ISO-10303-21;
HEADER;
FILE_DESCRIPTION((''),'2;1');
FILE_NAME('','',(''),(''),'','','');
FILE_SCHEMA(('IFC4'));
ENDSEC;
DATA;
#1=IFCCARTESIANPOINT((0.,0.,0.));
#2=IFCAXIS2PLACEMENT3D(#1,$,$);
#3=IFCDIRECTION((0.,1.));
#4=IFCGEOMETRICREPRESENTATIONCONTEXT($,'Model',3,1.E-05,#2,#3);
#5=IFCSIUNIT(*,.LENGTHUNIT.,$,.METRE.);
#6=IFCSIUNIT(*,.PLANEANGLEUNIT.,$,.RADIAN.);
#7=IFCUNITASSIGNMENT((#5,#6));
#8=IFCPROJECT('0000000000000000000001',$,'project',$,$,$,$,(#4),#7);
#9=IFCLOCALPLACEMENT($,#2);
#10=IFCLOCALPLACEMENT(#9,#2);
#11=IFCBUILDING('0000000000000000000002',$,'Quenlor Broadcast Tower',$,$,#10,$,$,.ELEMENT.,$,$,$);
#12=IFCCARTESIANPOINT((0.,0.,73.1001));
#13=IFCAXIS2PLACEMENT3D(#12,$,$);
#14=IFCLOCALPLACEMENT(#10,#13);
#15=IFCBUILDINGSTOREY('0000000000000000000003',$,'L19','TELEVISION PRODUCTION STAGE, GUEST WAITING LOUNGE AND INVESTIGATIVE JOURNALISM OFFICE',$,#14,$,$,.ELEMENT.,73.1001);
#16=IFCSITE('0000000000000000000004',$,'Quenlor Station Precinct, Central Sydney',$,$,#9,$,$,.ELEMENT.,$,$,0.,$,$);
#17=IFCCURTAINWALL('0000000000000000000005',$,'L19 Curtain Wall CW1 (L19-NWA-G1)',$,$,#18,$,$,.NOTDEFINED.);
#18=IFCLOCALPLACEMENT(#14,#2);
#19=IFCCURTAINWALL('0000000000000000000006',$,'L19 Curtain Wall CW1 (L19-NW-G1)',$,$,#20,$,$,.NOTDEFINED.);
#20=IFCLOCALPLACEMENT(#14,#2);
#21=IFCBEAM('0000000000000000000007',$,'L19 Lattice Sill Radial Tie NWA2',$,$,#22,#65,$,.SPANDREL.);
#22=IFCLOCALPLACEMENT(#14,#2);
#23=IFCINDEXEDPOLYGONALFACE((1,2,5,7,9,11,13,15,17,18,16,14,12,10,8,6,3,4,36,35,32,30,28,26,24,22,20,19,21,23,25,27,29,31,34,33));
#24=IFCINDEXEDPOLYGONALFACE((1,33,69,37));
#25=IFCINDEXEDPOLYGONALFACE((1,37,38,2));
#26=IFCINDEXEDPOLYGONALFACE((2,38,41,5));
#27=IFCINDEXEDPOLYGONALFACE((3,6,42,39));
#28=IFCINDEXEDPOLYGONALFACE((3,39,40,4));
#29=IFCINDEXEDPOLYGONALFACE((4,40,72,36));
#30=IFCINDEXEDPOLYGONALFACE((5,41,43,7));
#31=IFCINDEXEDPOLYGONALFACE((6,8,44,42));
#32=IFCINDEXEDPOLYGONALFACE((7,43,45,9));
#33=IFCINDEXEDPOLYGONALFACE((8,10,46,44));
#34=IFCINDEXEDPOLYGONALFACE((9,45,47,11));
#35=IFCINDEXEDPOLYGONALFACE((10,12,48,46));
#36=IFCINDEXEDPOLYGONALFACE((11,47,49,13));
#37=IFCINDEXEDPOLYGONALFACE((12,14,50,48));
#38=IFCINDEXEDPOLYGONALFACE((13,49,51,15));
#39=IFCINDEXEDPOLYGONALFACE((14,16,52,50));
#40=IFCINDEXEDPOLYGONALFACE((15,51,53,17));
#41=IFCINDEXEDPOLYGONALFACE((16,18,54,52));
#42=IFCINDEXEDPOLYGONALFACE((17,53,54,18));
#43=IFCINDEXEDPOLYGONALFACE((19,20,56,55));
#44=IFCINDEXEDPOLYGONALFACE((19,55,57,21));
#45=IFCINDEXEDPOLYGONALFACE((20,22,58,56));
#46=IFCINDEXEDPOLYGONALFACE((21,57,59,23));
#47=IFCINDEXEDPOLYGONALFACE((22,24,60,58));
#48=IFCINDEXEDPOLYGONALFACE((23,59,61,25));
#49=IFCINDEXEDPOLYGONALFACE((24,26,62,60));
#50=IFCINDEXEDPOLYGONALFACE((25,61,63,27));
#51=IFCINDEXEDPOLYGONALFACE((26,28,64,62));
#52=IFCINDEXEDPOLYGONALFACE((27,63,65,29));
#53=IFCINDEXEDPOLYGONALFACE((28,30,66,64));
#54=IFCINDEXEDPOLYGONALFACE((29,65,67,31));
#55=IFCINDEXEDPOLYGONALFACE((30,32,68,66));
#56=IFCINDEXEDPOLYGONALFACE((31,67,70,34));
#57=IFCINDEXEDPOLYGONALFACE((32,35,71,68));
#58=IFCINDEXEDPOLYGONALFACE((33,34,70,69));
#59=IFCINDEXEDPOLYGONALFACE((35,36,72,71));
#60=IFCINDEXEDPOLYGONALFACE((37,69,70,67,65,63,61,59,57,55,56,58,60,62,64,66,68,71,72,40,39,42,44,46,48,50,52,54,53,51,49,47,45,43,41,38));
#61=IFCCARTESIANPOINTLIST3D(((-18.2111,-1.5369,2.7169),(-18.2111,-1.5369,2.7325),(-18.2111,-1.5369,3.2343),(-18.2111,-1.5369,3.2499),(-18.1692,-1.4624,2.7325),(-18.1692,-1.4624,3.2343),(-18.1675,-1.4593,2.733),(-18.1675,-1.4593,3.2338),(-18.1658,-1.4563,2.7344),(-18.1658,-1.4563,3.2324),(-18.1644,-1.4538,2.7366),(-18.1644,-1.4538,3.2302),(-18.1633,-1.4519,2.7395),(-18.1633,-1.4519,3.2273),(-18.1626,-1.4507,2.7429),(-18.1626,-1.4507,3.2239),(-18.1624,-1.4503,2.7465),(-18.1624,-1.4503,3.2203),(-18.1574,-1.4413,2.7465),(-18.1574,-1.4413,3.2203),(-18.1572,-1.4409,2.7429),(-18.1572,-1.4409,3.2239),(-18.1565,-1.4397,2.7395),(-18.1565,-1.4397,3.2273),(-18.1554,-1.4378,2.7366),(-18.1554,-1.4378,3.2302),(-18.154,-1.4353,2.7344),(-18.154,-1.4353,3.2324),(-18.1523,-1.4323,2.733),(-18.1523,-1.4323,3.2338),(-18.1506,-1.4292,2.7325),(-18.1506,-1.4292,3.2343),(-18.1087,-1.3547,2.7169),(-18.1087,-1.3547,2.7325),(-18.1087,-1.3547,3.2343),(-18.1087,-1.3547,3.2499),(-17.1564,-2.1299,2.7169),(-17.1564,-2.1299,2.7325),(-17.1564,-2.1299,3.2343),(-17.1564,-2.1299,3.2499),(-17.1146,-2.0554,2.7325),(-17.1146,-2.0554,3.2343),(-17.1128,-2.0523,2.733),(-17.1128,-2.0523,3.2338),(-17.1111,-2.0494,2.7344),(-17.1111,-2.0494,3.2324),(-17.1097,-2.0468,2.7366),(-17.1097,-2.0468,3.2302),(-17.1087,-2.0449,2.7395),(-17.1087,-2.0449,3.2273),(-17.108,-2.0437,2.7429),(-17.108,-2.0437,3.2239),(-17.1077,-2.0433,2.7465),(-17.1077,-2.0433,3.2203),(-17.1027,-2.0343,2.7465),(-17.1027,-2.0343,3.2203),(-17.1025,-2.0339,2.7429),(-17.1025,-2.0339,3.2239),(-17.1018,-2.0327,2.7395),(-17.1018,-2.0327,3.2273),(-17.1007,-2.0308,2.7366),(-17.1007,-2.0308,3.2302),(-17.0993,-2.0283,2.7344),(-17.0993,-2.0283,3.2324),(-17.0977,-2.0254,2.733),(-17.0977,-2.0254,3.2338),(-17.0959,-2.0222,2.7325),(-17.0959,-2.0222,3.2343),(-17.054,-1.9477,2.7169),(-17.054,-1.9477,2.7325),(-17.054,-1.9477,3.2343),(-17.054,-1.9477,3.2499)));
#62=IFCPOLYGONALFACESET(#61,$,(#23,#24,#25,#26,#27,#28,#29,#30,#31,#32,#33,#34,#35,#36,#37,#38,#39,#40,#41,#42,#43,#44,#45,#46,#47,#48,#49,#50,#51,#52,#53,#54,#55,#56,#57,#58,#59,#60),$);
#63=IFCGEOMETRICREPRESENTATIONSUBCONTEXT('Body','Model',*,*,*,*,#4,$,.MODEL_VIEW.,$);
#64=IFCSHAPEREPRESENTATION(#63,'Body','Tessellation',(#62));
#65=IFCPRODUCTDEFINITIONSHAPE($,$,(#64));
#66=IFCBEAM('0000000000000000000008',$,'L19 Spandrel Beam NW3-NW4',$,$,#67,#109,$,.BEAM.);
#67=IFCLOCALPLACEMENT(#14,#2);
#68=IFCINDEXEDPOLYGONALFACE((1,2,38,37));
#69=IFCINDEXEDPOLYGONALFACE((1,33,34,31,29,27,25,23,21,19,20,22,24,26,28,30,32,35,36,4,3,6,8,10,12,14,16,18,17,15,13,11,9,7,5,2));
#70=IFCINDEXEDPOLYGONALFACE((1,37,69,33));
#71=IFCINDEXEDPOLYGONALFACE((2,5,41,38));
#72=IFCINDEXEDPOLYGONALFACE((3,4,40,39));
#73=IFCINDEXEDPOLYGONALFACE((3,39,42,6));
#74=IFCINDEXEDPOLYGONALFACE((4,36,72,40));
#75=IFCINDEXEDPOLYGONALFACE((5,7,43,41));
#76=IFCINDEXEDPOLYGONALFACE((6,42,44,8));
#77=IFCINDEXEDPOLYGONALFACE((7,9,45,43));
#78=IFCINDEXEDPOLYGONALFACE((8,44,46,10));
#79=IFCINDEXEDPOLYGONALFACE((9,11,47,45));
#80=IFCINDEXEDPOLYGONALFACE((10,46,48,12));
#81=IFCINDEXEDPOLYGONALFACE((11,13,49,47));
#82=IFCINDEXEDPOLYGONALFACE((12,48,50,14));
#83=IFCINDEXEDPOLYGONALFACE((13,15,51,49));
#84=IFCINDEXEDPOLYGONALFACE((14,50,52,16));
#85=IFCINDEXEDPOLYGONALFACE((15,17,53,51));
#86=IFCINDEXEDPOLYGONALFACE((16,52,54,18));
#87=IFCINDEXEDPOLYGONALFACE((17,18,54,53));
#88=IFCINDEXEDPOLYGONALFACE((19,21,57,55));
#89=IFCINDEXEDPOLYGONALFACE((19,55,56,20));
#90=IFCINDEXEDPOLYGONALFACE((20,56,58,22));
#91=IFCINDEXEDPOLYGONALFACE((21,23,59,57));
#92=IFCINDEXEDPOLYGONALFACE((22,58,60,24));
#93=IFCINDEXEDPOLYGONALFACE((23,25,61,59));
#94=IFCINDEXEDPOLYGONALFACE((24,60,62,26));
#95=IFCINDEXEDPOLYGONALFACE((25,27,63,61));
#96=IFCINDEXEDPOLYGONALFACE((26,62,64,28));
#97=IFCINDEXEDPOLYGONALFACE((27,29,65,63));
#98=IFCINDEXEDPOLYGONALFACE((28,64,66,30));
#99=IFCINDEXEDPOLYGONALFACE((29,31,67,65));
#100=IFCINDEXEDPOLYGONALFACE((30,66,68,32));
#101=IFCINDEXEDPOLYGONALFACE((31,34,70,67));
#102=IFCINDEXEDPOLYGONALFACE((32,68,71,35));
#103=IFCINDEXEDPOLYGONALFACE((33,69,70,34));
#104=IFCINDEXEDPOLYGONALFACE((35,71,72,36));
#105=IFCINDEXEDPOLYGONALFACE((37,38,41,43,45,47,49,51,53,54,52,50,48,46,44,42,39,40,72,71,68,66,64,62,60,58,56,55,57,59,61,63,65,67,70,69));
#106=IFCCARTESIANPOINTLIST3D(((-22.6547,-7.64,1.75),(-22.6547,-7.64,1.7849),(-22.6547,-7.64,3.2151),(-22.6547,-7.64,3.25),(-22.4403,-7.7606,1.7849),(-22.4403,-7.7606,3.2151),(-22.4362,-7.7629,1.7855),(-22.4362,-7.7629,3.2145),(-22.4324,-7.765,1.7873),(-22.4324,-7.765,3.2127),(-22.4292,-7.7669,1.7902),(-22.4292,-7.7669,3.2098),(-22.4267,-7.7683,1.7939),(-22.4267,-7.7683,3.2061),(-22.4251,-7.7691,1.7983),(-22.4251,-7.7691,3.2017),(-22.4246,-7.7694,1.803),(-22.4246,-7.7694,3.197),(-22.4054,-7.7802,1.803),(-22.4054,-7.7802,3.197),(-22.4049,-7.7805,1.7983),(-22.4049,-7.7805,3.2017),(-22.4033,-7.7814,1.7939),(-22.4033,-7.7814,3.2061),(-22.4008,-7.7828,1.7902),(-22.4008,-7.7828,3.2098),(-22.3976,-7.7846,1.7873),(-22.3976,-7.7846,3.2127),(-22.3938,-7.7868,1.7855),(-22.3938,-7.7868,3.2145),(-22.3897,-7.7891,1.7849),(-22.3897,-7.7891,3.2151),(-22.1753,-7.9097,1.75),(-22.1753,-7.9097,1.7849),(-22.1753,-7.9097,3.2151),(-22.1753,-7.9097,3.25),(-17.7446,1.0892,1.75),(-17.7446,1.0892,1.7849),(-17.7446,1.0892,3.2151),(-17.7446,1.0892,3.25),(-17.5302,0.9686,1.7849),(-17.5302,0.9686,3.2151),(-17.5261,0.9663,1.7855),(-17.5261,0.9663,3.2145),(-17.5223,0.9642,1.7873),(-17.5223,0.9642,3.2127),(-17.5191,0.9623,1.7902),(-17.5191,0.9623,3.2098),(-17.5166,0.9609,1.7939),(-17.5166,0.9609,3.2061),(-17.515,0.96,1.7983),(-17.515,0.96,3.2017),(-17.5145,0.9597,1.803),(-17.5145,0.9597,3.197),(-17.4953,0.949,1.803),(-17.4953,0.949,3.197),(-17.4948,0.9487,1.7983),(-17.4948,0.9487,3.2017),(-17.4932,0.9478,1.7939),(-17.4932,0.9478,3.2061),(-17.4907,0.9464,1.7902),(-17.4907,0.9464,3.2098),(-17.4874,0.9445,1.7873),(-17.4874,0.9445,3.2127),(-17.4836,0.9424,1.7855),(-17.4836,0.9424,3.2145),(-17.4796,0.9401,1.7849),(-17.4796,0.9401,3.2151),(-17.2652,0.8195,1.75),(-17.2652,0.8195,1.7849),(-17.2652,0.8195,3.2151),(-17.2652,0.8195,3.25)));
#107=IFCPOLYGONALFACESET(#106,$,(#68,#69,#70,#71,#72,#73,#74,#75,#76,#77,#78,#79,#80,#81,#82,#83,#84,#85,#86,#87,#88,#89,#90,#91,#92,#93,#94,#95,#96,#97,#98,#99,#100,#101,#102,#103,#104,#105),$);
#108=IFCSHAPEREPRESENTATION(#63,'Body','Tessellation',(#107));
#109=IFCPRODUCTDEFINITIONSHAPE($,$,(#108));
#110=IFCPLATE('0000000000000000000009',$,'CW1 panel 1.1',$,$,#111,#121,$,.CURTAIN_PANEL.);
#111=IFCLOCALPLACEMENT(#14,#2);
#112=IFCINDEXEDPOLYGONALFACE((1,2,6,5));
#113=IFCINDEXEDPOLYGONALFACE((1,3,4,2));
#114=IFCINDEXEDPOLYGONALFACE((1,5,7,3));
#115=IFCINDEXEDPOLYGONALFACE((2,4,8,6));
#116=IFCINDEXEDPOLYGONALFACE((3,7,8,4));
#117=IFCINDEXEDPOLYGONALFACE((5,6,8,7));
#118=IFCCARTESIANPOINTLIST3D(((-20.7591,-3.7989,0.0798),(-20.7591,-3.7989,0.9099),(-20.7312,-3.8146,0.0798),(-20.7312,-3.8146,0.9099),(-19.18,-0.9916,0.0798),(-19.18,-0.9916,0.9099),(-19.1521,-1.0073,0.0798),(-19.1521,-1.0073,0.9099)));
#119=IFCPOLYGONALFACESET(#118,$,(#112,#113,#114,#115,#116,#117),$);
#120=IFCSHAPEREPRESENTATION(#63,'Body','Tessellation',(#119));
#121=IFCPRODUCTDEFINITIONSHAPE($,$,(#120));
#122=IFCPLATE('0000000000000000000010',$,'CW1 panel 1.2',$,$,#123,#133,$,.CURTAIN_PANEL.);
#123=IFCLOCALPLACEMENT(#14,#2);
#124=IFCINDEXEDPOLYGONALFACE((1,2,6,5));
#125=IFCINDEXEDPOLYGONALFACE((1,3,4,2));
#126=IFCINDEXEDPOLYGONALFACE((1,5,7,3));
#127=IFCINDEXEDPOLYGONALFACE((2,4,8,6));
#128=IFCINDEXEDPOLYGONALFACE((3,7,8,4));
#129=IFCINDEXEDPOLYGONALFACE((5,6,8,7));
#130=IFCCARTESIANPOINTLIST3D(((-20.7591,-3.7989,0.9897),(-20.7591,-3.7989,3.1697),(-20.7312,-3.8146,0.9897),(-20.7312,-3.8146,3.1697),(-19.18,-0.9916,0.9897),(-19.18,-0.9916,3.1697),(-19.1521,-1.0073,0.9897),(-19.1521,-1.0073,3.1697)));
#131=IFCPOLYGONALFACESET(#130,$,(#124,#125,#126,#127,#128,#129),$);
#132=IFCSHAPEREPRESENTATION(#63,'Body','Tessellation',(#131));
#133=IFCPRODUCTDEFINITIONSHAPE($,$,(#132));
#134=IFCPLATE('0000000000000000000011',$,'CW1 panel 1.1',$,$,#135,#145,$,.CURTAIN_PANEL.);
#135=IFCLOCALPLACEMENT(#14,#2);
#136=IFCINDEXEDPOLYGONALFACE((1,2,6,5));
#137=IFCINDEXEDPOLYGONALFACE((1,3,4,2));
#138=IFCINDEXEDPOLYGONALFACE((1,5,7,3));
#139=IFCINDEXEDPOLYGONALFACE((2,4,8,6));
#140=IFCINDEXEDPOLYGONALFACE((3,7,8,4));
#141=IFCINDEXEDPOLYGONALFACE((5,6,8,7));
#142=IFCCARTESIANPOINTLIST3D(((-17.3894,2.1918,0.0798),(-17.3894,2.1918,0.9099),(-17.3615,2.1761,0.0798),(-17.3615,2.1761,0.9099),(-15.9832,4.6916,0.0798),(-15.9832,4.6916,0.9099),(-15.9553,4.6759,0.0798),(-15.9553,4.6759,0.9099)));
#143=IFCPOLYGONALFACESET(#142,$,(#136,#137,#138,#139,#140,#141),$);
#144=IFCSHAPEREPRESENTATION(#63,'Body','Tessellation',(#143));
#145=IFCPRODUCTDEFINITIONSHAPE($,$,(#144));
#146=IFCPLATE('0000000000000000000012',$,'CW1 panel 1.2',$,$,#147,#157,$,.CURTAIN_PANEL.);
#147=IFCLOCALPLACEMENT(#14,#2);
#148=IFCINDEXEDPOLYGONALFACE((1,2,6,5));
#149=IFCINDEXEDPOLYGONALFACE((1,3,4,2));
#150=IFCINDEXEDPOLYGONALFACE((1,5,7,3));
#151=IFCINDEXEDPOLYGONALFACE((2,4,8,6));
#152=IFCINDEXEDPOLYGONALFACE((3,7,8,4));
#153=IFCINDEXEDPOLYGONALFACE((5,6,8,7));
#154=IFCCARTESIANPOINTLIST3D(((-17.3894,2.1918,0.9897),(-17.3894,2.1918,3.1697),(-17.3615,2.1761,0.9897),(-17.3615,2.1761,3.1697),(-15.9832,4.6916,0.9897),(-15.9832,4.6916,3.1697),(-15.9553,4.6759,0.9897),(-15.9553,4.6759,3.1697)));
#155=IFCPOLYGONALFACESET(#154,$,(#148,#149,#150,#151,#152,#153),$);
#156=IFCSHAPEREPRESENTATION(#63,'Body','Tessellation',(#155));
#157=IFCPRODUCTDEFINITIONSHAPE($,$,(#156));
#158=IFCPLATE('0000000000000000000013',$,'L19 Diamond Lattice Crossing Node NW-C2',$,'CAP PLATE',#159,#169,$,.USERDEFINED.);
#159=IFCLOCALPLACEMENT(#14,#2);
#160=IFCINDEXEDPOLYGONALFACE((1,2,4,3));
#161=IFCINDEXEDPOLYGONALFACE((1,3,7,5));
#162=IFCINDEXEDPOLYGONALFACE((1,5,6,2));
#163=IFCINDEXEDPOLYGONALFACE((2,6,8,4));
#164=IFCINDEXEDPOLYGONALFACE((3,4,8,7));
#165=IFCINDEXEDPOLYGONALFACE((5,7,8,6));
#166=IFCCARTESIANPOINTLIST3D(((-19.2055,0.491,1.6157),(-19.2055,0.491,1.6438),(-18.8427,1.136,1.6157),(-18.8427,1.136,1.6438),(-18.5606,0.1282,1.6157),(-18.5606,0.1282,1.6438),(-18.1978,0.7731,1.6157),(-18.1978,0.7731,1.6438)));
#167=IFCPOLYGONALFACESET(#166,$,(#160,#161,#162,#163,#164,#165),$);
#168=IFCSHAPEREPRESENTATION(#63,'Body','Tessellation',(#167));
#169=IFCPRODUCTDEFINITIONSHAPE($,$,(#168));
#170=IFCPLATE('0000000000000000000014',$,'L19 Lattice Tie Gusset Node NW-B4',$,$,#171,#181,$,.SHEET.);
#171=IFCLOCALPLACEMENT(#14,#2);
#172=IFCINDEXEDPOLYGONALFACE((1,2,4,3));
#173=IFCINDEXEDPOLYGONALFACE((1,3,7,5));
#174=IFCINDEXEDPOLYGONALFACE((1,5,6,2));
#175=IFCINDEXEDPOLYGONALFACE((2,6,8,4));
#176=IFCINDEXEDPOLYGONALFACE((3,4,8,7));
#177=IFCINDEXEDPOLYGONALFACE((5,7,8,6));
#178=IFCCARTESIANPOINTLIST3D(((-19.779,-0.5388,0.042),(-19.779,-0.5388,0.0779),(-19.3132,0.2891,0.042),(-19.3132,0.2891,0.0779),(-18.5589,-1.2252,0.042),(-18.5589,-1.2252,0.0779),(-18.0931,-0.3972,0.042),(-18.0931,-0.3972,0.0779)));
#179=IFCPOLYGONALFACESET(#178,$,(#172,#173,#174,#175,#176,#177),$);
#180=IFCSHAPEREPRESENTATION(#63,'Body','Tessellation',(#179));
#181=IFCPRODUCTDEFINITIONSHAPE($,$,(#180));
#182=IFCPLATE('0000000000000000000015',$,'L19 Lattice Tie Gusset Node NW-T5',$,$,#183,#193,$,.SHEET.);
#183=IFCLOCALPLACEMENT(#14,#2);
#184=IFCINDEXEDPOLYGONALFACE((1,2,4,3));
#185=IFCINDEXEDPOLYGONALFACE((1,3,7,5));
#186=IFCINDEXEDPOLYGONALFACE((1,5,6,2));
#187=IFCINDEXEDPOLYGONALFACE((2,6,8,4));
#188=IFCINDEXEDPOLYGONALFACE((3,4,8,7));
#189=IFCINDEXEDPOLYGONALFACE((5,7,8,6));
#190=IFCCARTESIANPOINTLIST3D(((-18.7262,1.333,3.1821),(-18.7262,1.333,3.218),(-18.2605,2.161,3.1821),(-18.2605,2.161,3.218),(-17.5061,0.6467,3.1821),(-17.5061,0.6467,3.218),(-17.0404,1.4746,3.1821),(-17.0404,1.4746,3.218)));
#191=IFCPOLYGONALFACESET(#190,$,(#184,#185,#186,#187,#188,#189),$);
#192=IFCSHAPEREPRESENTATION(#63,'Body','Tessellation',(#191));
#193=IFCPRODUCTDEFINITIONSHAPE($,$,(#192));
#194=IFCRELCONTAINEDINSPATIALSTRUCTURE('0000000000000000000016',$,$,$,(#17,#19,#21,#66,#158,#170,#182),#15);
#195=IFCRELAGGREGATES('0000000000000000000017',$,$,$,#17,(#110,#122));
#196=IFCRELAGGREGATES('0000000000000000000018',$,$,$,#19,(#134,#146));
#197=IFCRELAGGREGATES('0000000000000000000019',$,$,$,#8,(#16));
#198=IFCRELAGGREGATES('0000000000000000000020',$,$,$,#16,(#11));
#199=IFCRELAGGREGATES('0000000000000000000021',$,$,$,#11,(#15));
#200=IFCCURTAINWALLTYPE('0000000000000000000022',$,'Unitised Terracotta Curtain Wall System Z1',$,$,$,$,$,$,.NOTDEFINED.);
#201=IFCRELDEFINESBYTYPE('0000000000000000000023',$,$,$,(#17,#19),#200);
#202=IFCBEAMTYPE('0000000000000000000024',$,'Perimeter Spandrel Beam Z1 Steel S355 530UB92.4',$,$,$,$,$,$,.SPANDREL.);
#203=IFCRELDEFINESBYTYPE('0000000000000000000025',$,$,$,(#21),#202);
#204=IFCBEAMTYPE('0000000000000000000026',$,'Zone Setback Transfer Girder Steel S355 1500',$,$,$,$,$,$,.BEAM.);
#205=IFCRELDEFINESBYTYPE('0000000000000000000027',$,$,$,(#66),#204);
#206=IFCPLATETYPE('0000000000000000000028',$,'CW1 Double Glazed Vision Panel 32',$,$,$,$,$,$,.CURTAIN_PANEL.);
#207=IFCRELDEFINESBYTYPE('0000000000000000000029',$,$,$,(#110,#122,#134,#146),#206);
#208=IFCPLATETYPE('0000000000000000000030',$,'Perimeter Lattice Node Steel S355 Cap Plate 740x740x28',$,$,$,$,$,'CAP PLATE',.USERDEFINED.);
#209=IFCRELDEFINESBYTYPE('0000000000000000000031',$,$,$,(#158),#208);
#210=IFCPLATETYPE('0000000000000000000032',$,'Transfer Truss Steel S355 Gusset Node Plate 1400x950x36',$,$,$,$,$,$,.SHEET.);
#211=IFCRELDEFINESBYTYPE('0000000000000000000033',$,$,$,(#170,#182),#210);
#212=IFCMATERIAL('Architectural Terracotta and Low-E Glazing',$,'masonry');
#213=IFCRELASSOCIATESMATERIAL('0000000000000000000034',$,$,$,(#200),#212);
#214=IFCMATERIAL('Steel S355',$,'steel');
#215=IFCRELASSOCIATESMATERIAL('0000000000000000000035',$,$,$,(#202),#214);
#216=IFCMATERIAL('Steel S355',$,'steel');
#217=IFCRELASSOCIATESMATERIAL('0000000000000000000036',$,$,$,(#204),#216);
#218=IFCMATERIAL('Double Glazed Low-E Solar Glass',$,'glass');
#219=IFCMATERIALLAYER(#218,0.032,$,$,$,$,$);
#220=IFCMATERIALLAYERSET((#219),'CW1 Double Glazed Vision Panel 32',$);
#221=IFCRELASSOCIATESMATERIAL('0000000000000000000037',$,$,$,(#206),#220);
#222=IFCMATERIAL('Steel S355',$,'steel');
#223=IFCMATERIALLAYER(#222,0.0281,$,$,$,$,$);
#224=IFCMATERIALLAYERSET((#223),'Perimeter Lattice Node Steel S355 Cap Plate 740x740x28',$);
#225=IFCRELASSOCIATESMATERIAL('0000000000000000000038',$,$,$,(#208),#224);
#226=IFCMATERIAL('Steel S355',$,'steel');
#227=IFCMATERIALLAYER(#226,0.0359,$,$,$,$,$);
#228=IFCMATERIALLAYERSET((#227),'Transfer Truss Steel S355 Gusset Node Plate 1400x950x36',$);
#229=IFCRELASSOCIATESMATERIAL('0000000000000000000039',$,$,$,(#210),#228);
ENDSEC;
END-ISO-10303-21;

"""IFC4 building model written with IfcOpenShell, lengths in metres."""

from ifc_helpers import new_model, si_unit, direction, frame, origin, origin_2d, place, context, subcontext, project, spatial, rectangle, i_section, extrude, material, layer, layer_set, material_profile, profile_set, type_object, element, aggregate, save


model = new_model("IFC4")

# Units and contexts
model_context = context("Model", 3, precision=1e-05, world=origin(), true_north=direction((0.0, 1.0)))
body_context = subcontext(model_context, "Body", "Model", "MODEL_VIEW")
ifc_project = project(units=[si_unit("LENGTHUNIT", "METRE"), si_unit("PLANEANGLEUNIT", "RADIAN")], contexts=[model_context])

# Site, building, storey
site_placement = place(None, origin())
site = spatial("IfcSite", under=ifc_project, at=site_placement, Name="Quenlor Station Precinct, Central Sydney", CompositionType="ELEMENT", RefElevation=0.0)
building_placement = place(site_placement, origin())
building = spatial("IfcBuilding", under=site, at=building_placement, Name="Quenlor Broadcast Tower", CompositionType="ELEMENT")
storey_placement = place(building_placement, frame((0.0, 0.0, 73.1001)))
storey = spatial("IfcBuildingStorey", under=building, at=storey_placement, Name="L19", Description="TELEVISION PRODUCTION STAGE, GUEST WAITING LOUNGE AND INVESTIGATIVE JOURNALISM OFFICE", CompositionType="ELEMENT", Elevation=73.1001)

# Curtain walls
ifc_material_1 = material(Name="Architectural Terracotta and Low-E Glazing", Category="masonry")
curtain_wall_type = type_object("IfcCurtainWallType", Name="Unitised Terracotta Curtain Wall System Z1", PredefinedType="NOTDEFINED", material=ifc_material_1)
curtain_wall_1_placement = place(storey_placement, origin())
curtain_wall_1 = element("IfcCurtainWall", 1, at=curtain_wall_1_placement, inside=storey, type_object=curtain_wall_type, Name="L19 Curtain Wall CW1 (L19-NWA-G1)", PredefinedType="NOTDEFINED")
curtain_wall_2_placement = place(storey_placement, origin())
curtain_wall_2 = element("IfcCurtainWall", 2, at=curtain_wall_2_placement, inside=storey, type_object=curtain_wall_type, Name="L19 Curtain Wall CW1 (L19-NW-G1)", PredefinedType="NOTDEFINED")

# Beams
ifc_material_2 = material(Name="Steel S355", Category="steel")
ifc_material_profile_1 = material_profile(ifc_material_2, i_section(OverallWidth=0.209, OverallDepth=0.533, WebThickness=0.0103, FlangeThickness=0.0156, FilletRadius=0.0139, at=origin_2d()))
ifc_profile_set_1 = profile_set([ifc_material_profile_1], Name="Steel S355 530UB92.4")
beam_type_1 = type_object("IfcBeamType", Name="Perimeter Spandrel Beam Z1 Steel S355 530UB92.4", PredefinedType="SPANDREL", material=ifc_profile_set_1)
beam_1_placement = place(storey_placement, frame((-17.1052, -2.0388, 2.9834), z_axis=(-0.871662, 0.490108, 0.0), x_axis=(-0.490108, -0.871662, 0.0)))
element("IfcBeam", 3, at=beam_1_placement, inside=storey, type_object=beam_type_1, Name="L19 Lattice Sill Radial Tie NWA2", PredefinedType="SPANDREL", context=body_context, shape_type="SweptSolid", body=[
    extrude(i_section(OverallWidth=0.209, OverallDepth=0.533, WebThickness=0.0103, FlangeThickness=0.0156, FilletRadius=0.0139, at=origin_2d()), origin(), (0.0, 0.0, 1.0), 1.21),
])
ifc_material_3 = material(Name="Steel S355", Category="steel")
ifc_material_profile_2 = material_profile(ifc_material_3, i_section(OverallWidth=0.55, OverallDepth=1.5, WebThickness=0.022, FlangeThickness=0.0349, FilletRadius=0.0181, at=origin_2d()))
ifc_profile_set_2 = profile_set([ifc_material_profile_2], Name="Steel S355 1500TG510")
beam_type_2 = type_object("IfcBeamType", Name="Zone Setback Transfer Girder Steel S355 1500", PredefinedType="BEAM", material=ifc_profile_set_2)
beam_2_placement = place(storey_placement, frame((-17.5049, 0.9543, 2.5), z_axis=(-0.490258, -0.871577, 0.0), x_axis=(0.871577, -0.490258, 0.0)))
element("IfcBeam", 4, at=beam_2_placement, inside=storey, type_object=beam_type_2, Name="L19 Spandrel Beam NW3-NW4", PredefinedType="BEAM", context=body_context, shape_type="SweptSolid", body=[
    extrude(i_section(OverallWidth=0.55, OverallDepth=1.5, WebThickness=0.022, FlangeThickness=0.0349, FilletRadius=0.0181, at=origin_2d()), origin(), (0.0, 0.0, 1.0), 10.0154),
])

# Plates
ifc_material_4 = material(Name="Double Glazed Low-E Solar Glass", Category="glass")
ifc_layer_1 = layer(ifc_material_4, 0.032)
ifc_layer_set_1 = layer_set([ifc_layer_1], Name="CW1 Double Glazed Vision Panel 32")
plate_type_1 = type_object("IfcPlateType", Name="CW1 Double Glazed Vision Panel 32", PredefinedType="CURTAIN_PANEL", material=ifc_layer_set_1)
plate_1_placement = place(storey_placement, frame((-19.9556, -2.4031, 0.0798), z_axis=(0.0, 0.0, 1.0), x_axis=(0.490257, 0.871578, 0.0)))
plate_1 = element("IfcPlate", 5, at=plate_1_placement, type_object=plate_type_1, Name="CW1 panel 1.1", PredefinedType="CURTAIN_PANEL", context=body_context, shape_type="SweptSolid", body=[
    extrude(rectangle(XDim=3.2209, YDim=0.032, at=origin_2d()), origin(), (0.0, 0.0, 1.0), 0.8301),
])
plate_2_placement = place(storey_placement, frame((-19.9556, -2.4031, 0.9897), z_axis=(0.0, 0.0, 1.0), x_axis=(0.490257, 0.871578, 0.0)))
plate_2 = element("IfcPlate", 6, at=plate_2_placement, type_object=plate_type_1, Name="CW1 panel 1.2", PredefinedType="CURTAIN_PANEL", context=body_context, shape_type="SweptSolid", body=[
    extrude(rectangle(XDim=3.2209, YDim=0.032, at=origin_2d()), origin(), (0.0, 0.0, 1.0), 2.1799),
])
aggregate(curtain_wall_1, [plate_1, plate_2])
plate_3_placement = place(storey_placement, frame((-16.6724, 3.4338, 0.0798), z_axis=(0.0, 0.0, 1.0), x_axis=(0.490274, 0.871568, 0.0)))
plate_3 = element("IfcPlate", 7, at=plate_3_placement, type_object=plate_type_1, Name="CW1 panel 1.1", PredefinedType="CURTAIN_PANEL", context=body_context, shape_type="SweptSolid", body=[
    extrude(rectangle(XDim=2.8682, YDim=0.032, at=origin_2d()), origin(), (0.0, 0.0, 1.0), 0.8301),
])
plate_4_placement = place(storey_placement, frame((-16.6724, 3.4338, 0.9897), z_axis=(0.0, 0.0, 1.0), x_axis=(0.490274, 0.871568, 0.0)))
plate_4 = element("IfcPlate", 8, at=plate_4_placement, type_object=plate_type_1, Name="CW1 panel 1.2", PredefinedType="CURTAIN_PANEL", context=body_context, shape_type="SweptSolid", body=[
    extrude(rectangle(XDim=2.8682, YDim=0.032, at=origin_2d()), origin(), (0.0, 0.0, 1.0), 2.1799),
])
aggregate(curtain_wall_2, [plate_3, plate_4])

# Plates
ifc_material_5 = material(Name="Steel S355", Category="steel")
ifc_layer_2 = layer(ifc_material_5, 0.0281)
ifc_layer_set_2 = layer_set([ifc_layer_2], Name="Perimeter Lattice Node Steel S355 Cap Plate 740x740x28")
plate_type_2 = type_object("IfcPlateType", Name="Perimeter Lattice Node Steel S355 Cap Plate 740x740x28", ElementType="CAP PLATE", PredefinedType="USERDEFINED", material=ifc_layer_set_2)
plate_5_placement = place(storey_placement, frame((-18.7017, 0.6321, 1.6157), z_axis=(0.0, 0.0, 1.0), x_axis=(0.490295, 0.871556, 0.0)))
element("IfcPlate", 9, at=plate_5_placement, inside=storey, type_object=plate_type_2, Name="L19 Diamond Lattice Crossing Node NW-C2", ObjectType="CAP PLATE", PredefinedType="USERDEFINED", context=body_context, shape_type="SweptSolid", body=[
    extrude(rectangle(XDim=0.74, YDim=0.74, at=origin_2d()), origin(), (0.0, 0.0, 1.0), 0.0281),
])
ifc_material_6 = material(Name="Steel S355", Category="steel")
ifc_layer_3 = layer(ifc_material_6, 0.0359)
ifc_layer_set_3 = layer_set([ifc_layer_3], Name="Transfer Truss Steel S355 Gusset Node Plate 1400x950x36")
plate_type_3 = type_object("IfcPlateType", Name="Transfer Truss Steel S355 Gusset Node Plate 1400x950x36", PredefinedType="SHEET", material=ifc_layer_set_3)
for number, where, z_axis, x_axis, name in (
    (10, (-18.936, -0.468, 0.042), (0.0, 0.0, 1.0), (-0.871556, 0.490295, 0.0), "L19 Lattice Tie Gusset Node NW-B4"),
    (11, (-17.8833, 1.4038, 3.1821), (0.0, 0.0, 1.0), (-0.871556, 0.490295, 0.0), "L19 Lattice Tie Gusset Node NW-T5"),
):
    element("IfcPlate", number, at=place(storey_placement, frame(where, z_axis=z_axis, x_axis=x_axis)), inside=storey, type_object=plate_type_3, Name=name, PredefinedType="SHEET", context=body_context, shape_type="SweptSolid", body=[
        extrude(rectangle(XDim=1.3999, YDim=0.95, at=origin_2d()), origin(), (0.0, 0.0, 1.0), 0.0359),
    ])

save(model, "model.ifc")
